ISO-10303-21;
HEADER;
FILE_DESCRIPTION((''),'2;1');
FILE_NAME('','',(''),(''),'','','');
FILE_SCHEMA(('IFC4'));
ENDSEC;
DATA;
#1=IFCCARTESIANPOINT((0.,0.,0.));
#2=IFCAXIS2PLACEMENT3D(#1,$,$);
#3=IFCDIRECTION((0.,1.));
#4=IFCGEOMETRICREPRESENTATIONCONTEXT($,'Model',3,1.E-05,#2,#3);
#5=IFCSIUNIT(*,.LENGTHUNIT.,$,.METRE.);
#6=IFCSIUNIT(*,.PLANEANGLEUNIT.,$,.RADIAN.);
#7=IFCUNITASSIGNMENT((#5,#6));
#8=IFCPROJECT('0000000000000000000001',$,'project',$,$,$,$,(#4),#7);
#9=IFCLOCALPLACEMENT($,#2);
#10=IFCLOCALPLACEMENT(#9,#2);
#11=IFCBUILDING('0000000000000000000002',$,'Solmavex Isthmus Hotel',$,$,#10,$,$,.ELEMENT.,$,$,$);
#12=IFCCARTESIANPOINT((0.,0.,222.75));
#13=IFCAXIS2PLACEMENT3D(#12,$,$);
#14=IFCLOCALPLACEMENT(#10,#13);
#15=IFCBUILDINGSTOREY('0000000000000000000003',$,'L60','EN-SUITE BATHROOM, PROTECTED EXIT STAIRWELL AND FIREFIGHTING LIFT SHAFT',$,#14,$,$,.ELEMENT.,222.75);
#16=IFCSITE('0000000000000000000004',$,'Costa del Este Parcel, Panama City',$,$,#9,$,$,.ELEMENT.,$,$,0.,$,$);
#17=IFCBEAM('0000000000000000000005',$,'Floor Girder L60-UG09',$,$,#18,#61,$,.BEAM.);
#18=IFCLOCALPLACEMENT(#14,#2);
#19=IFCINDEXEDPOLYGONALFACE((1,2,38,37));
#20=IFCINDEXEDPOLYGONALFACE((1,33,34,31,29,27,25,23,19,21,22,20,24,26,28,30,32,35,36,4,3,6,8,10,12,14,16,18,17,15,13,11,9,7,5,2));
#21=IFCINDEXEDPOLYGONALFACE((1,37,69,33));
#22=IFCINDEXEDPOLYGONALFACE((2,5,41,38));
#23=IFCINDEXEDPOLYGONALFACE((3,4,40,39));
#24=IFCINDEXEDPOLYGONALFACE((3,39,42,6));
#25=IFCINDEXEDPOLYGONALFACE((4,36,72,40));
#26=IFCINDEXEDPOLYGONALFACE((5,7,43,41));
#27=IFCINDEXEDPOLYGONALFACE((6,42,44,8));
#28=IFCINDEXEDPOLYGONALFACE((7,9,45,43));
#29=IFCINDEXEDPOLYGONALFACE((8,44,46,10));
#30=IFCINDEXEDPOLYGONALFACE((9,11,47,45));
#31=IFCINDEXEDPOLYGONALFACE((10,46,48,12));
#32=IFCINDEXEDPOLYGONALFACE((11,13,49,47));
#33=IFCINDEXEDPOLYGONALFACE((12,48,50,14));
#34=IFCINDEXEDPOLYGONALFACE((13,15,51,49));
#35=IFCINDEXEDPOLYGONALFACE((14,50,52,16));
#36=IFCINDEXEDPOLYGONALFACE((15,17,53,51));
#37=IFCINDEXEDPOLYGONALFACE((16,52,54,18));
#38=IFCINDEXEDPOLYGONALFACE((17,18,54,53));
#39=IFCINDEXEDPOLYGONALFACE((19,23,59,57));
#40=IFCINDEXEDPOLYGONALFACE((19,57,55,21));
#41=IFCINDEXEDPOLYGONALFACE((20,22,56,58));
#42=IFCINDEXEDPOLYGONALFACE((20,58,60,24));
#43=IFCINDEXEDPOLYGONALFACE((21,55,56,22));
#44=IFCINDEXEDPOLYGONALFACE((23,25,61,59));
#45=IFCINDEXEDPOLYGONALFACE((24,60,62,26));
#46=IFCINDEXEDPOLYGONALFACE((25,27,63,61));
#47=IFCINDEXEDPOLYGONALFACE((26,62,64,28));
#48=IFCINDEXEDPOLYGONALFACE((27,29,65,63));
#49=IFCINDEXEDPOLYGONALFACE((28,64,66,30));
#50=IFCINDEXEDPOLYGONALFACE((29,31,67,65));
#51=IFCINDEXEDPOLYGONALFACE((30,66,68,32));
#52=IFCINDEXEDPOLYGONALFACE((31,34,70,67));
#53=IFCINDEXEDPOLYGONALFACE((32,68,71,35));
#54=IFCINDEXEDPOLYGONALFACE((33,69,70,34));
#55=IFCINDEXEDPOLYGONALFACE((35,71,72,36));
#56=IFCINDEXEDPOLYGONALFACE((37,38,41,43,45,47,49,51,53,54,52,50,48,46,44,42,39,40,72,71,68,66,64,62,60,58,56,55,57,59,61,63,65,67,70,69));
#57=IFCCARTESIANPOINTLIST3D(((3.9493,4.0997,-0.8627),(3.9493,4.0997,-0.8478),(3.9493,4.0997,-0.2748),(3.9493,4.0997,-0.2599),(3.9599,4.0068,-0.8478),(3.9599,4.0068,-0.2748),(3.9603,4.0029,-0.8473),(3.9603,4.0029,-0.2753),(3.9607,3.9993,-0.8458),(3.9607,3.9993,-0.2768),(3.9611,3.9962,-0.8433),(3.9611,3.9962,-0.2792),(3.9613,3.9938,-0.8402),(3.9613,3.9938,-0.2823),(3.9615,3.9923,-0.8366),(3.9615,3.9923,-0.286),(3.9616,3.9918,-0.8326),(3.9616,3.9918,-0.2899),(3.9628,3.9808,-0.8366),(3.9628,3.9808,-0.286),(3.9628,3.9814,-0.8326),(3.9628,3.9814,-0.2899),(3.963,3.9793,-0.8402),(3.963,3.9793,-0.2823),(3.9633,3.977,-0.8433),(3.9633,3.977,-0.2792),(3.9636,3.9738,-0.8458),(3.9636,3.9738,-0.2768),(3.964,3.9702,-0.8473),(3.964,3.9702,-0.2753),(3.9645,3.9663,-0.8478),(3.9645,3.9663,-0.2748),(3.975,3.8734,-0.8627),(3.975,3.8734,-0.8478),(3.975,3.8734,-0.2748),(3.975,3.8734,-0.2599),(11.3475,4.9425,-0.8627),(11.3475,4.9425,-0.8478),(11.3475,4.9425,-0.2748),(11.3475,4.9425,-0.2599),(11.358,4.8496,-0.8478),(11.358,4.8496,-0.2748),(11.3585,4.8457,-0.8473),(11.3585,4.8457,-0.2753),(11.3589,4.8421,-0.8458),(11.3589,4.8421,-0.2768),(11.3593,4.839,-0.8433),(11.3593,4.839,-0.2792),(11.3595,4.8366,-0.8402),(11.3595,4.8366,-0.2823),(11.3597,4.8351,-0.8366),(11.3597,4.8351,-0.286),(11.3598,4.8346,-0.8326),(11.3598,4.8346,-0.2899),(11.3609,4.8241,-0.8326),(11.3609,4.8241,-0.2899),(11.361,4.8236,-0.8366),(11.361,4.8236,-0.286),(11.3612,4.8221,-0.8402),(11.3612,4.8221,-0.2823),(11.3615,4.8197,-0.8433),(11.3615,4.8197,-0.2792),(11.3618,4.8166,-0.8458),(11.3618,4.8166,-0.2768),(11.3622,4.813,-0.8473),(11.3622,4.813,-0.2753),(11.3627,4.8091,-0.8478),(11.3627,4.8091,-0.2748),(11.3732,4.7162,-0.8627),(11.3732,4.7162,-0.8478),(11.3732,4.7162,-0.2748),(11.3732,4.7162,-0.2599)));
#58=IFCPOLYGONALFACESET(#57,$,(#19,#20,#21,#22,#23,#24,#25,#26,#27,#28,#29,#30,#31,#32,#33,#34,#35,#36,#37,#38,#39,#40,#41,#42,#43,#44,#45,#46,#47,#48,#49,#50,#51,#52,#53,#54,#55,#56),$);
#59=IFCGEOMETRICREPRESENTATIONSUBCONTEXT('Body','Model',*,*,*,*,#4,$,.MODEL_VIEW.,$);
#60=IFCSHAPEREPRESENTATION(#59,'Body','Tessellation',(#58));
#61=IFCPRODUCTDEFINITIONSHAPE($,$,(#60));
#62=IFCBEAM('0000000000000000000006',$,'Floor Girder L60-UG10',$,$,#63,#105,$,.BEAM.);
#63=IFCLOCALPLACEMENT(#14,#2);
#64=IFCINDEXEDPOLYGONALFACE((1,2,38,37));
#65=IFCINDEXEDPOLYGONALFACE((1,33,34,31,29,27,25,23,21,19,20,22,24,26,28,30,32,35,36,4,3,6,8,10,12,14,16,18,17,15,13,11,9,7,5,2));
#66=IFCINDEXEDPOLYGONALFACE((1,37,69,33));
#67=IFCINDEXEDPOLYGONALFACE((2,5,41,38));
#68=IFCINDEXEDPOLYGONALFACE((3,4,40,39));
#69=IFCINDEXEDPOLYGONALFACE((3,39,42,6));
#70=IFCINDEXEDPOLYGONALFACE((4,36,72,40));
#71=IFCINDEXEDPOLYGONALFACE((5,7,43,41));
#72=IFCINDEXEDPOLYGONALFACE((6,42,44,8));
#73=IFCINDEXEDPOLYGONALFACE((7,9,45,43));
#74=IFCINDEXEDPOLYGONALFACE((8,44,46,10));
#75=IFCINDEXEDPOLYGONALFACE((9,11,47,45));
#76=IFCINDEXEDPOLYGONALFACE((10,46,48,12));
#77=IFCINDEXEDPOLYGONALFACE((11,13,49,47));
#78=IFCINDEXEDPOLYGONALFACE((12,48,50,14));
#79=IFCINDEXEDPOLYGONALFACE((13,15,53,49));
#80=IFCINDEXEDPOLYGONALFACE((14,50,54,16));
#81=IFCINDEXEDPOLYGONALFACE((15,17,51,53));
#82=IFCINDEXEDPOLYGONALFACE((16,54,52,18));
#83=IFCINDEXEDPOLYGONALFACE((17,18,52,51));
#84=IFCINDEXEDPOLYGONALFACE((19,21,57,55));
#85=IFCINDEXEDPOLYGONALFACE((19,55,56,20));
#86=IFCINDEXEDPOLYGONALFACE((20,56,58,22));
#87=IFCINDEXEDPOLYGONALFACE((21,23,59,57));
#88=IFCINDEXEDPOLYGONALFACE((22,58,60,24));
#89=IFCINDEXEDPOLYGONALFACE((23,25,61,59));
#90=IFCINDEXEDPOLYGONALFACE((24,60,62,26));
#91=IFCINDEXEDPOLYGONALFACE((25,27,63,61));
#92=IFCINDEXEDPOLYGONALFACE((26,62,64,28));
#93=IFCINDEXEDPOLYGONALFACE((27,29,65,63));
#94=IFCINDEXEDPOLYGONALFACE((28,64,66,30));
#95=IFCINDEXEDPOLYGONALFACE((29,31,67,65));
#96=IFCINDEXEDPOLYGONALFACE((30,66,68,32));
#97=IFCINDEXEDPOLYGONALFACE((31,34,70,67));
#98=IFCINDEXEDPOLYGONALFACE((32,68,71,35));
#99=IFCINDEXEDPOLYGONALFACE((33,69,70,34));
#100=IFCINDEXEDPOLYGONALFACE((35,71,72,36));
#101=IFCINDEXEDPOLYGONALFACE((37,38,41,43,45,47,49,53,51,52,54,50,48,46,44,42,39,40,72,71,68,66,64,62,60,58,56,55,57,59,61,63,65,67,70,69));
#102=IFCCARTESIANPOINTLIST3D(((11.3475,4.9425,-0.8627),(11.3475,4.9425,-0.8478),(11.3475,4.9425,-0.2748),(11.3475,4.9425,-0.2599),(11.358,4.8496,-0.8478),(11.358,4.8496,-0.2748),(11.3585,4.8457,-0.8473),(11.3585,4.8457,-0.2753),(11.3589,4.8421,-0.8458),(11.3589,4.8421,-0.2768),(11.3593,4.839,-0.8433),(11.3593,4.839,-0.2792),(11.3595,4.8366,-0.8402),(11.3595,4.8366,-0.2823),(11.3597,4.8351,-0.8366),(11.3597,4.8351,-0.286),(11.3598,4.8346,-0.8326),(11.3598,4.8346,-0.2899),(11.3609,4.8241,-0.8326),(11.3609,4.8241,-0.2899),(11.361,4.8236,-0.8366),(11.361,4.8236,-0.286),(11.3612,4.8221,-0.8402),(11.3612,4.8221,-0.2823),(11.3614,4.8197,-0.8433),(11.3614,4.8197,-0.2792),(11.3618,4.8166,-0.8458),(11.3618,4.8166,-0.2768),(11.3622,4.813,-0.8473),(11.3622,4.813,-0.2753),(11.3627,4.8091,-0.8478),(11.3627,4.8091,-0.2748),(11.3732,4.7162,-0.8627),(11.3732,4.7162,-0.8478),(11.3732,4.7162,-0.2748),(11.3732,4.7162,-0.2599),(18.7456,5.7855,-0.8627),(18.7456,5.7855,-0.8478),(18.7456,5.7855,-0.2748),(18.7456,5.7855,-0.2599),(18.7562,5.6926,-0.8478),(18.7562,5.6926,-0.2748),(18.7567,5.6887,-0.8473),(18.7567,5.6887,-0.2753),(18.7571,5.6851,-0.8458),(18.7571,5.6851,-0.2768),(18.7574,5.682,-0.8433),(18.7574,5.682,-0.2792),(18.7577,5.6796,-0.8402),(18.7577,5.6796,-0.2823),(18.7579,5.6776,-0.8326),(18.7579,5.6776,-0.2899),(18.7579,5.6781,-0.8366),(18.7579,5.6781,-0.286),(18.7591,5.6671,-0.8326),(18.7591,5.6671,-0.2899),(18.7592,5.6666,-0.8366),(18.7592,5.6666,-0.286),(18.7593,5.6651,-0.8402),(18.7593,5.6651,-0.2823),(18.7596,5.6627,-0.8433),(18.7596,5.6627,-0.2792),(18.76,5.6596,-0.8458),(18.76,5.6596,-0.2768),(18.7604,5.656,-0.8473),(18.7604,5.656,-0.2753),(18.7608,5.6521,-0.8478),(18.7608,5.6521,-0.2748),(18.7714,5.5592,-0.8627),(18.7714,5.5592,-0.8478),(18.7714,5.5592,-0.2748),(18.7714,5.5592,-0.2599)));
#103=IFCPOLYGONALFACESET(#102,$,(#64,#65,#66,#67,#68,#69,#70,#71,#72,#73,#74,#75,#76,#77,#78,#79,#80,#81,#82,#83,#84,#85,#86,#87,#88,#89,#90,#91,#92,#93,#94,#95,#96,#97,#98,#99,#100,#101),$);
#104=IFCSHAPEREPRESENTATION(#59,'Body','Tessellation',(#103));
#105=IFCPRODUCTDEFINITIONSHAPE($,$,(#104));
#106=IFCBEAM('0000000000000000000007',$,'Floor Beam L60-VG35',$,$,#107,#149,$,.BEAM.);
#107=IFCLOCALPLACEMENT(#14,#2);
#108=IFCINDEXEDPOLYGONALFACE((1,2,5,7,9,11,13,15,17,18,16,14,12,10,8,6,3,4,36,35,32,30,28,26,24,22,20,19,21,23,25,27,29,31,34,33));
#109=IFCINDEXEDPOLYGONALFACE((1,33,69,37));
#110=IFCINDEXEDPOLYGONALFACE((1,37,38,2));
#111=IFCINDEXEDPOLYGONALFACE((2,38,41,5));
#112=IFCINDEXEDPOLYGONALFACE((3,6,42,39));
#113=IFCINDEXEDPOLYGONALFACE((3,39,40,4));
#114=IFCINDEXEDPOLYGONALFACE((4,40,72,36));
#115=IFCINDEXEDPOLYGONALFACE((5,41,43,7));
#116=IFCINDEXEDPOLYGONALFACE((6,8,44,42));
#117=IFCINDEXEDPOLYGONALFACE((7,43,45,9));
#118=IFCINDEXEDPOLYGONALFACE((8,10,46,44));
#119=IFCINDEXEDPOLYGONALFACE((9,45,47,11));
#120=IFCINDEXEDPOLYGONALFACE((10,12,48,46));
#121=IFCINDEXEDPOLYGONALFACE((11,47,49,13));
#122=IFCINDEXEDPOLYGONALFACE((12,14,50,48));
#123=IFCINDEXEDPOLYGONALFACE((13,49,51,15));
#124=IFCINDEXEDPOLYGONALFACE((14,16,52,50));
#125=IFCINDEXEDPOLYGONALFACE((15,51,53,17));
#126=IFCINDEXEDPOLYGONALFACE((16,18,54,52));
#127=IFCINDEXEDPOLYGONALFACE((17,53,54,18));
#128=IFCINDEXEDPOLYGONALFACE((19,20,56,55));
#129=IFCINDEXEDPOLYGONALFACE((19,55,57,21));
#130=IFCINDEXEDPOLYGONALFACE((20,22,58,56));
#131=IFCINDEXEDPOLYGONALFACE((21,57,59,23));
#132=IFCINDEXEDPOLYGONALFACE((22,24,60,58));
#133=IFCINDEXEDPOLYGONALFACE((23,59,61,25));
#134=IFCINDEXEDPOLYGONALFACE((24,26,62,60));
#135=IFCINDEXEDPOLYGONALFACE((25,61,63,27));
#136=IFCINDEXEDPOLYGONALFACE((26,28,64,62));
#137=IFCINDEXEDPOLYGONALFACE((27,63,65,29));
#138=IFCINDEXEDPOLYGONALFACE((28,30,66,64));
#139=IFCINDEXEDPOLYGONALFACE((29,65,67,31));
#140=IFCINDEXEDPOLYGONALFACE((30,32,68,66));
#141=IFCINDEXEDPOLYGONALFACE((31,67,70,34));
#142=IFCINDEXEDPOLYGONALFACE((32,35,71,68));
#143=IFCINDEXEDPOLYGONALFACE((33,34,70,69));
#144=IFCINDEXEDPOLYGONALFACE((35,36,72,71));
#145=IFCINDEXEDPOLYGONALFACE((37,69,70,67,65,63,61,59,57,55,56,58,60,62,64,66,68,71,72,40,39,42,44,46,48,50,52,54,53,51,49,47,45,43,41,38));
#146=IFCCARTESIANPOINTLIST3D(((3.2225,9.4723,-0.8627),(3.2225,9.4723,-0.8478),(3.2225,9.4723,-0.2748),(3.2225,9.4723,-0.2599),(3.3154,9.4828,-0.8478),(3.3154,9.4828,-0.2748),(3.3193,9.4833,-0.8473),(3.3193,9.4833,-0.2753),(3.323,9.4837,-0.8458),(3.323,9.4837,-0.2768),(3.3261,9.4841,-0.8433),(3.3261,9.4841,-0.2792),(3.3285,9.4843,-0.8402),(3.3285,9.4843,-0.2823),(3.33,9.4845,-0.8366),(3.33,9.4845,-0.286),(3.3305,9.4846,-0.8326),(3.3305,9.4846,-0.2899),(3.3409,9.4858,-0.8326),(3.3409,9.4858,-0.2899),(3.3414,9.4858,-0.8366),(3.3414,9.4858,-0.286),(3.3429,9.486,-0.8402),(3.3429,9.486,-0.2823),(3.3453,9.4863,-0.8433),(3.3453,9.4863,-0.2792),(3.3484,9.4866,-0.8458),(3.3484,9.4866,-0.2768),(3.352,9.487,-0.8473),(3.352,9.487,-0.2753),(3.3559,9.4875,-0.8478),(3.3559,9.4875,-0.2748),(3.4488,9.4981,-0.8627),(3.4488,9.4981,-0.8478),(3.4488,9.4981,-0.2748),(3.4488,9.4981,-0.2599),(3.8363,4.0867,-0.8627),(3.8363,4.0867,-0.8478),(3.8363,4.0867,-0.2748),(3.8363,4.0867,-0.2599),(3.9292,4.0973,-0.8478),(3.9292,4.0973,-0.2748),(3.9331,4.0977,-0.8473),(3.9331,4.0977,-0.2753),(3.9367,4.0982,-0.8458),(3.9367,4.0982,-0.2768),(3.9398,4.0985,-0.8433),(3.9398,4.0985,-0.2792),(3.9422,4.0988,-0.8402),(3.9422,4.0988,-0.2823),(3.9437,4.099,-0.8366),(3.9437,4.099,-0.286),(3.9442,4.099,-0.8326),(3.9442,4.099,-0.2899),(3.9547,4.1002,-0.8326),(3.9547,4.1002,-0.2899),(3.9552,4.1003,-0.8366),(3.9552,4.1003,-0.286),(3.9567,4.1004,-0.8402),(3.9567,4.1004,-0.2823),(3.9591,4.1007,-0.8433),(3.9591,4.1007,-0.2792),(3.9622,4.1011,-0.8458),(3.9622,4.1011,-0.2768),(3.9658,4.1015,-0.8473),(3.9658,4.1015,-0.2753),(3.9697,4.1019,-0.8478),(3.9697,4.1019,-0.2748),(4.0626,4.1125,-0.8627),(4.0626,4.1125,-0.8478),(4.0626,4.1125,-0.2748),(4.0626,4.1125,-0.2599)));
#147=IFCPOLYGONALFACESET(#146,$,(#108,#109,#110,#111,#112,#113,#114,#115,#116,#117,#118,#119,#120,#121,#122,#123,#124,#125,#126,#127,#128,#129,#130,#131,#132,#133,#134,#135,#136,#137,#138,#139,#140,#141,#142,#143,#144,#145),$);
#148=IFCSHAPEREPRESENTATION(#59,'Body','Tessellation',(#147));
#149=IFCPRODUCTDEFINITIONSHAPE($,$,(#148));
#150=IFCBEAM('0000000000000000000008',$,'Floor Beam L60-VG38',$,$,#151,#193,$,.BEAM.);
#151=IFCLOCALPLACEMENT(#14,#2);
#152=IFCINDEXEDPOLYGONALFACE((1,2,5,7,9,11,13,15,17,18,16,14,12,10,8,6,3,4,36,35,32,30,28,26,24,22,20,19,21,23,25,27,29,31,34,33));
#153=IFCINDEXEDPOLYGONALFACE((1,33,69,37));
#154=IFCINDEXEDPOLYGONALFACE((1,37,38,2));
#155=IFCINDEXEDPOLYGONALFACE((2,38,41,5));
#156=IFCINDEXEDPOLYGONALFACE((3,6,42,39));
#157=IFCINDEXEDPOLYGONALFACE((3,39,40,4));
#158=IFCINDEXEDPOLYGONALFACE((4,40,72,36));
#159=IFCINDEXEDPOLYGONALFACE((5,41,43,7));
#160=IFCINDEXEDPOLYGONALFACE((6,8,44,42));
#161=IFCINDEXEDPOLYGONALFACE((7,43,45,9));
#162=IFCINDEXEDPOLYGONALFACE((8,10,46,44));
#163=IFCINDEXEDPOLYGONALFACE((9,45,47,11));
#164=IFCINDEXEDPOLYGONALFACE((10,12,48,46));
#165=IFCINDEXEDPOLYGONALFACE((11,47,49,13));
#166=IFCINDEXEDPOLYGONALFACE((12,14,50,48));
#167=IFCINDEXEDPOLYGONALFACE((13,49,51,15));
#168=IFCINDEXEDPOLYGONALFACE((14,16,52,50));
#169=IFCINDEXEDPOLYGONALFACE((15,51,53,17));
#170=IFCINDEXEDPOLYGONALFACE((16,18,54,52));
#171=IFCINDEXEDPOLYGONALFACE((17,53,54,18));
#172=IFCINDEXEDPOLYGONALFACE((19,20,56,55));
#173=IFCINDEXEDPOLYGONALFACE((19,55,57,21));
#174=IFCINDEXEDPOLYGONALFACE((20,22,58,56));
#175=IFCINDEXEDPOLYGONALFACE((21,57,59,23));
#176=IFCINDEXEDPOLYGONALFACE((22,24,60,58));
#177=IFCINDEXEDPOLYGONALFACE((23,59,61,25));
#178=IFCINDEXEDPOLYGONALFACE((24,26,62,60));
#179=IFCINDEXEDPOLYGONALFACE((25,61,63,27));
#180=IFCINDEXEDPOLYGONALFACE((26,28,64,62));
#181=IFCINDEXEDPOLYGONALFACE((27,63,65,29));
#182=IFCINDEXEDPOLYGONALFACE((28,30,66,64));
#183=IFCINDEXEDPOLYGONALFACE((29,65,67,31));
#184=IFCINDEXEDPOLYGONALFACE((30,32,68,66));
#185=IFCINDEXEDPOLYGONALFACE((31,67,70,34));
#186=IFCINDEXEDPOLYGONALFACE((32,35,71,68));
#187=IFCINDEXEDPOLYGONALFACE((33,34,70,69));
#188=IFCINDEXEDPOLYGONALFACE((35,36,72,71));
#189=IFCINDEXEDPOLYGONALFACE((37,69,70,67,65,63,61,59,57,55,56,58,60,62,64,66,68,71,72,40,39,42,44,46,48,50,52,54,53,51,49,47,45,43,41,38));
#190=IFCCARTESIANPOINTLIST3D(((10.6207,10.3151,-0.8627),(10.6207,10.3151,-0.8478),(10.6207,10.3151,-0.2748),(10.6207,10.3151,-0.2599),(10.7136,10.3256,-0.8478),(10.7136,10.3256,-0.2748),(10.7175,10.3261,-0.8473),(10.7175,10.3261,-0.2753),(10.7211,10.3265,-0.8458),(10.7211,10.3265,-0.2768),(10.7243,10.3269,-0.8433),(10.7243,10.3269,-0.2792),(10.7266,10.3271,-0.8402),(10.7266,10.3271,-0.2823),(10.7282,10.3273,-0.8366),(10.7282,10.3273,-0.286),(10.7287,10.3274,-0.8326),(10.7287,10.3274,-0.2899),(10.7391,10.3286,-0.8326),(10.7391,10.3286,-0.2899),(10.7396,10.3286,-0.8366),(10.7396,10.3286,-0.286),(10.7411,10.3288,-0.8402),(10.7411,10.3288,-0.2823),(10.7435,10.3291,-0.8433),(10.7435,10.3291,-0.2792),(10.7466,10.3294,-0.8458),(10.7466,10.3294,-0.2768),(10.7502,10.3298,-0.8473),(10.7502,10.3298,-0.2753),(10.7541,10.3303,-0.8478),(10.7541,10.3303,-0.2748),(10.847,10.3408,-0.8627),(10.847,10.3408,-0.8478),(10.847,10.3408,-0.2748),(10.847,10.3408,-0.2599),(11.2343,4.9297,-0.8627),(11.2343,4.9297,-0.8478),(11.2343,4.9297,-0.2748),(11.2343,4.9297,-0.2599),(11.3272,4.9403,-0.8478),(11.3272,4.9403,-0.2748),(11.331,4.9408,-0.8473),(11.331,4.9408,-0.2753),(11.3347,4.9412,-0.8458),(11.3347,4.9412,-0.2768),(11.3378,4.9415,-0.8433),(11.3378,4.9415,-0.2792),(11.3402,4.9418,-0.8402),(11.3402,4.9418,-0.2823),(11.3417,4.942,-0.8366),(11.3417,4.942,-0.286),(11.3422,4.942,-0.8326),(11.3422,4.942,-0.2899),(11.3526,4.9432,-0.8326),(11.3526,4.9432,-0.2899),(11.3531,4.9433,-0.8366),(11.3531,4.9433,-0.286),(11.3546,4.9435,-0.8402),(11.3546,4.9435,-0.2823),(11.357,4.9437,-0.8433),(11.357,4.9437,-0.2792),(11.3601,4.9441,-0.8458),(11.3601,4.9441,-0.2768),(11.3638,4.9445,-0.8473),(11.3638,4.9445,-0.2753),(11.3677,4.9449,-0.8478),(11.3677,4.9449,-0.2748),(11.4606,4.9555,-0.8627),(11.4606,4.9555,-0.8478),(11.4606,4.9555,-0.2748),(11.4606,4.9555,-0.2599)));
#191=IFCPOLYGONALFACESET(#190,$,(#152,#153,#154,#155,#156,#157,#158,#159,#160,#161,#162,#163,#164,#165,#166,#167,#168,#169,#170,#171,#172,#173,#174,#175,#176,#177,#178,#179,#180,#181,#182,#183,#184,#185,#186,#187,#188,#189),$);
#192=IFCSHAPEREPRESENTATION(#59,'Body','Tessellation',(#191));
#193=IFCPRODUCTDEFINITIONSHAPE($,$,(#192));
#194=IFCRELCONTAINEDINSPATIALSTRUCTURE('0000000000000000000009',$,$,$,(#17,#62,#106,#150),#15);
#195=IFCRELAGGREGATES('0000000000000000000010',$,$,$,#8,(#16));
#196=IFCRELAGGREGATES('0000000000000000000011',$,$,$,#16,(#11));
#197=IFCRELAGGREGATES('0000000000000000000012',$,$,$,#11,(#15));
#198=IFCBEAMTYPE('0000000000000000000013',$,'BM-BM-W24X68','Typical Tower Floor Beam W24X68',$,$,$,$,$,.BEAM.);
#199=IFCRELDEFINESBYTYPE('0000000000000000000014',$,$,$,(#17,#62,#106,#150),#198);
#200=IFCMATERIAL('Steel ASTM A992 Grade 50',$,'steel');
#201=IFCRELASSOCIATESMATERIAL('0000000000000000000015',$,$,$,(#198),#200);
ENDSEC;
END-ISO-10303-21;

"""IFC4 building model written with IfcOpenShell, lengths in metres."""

from ifc_helpers import new_model, si_unit, direction, frame, origin, origin_2d, place, context, subcontext, project, spatial, i_section, extrude, material, material_profile, profile_set, type_object, element, save


model = new_model("IFC4")

# Units and contexts
model_context = context("Model", 3, precision=1e-05, world=origin(), true_north=direction((0.0, 1.0)))
body_context = subcontext(model_context, "Body", "Model", "MODEL_VIEW")
ifc_project = project(units=[si_unit("LENGTHUNIT", "METRE"), si_unit("PLANEANGLEUNIT", "RADIAN")], contexts=[model_context])

# Site, building, storey
site_placement = place(None, origin())
site = spatial("IfcSite", under=ifc_project, at=site_placement, Name="Costa del Este Parcel, Panama City", CompositionType="ELEMENT", RefElevation=0.0)
building_placement = place(site_placement, origin())
building = spatial("IfcBuilding", under=site, at=building_placement, Name="Solmavex Isthmus Hotel", CompositionType="ELEMENT")
storey_placement = place(building_placement, frame((0.0, 0.0, 222.75)))
storey = spatial("IfcBuildingStorey", under=building, at=storey_placement, Name="L60", Description="EN-SUITE BATHROOM, PROTECTED EXIT STAIRWELL AND FIREFIGHTING LIFT SHAFT", CompositionType="ELEMENT", Elevation=222.75)

# Beams
ifc_material_1 = material(Name="Steel ASTM A992 Grade 50", Category="steel")
ifc_material_profile_1 = material_profile(ifc_material_1, i_section(OverallWidth=0.2278, OverallDepth=0.6028, WebThickness=0.0105, FlangeThickness=0.0149, FilletRadius=0.0151, at=origin_2d()), Name="W24X68")
ifc_profile_set_1 = profile_set([ifc_material_profile_1], Name="Steel ASTM A992 Grade 50")
beam_type_1 = type_object("IfcBeamType", Name="BM-BM-W24X68", Description="Typical Tower Floor Beam W24X68", PredefinedType="BEAM", material=ifc_profile_set_1)
for number, where, z_axis, x_axis, name in (
    (1, (3.9622, 3.9866, -0.5613), (0.993574, 0.113184, 0.0), (-0.113184, 0.993574, 0.0), "Floor Girder L60-UG09"),
    (2, (11.3604, 4.8293, -0.5613), (0.99357, 0.113216, 0.0), (-0.113216, 0.99357, 0.0), "Floor Girder L60-UG10"),
):
    element("IfcBeam", number, at=place(storey_placement, frame(where, z_axis=z_axis, x_axis=x_axis)), inside=storey, type_object=beam_type_1, Name=name, PredefinedType="BEAM", context=body_context, shape_type="SweptSolid", body=[
        extrude(i_section(OverallWidth=0.2278, OverallDepth=0.6028, WebThickness=0.0105, FlangeThickness=0.0149, FilletRadius=0.0151, at=origin_2d()), origin(), (0.0, 0.0, 1.0), 7.446),
    ])
beam_1_placement = place(storey_placement, frame((3.9495, 4.0996, -0.5613), z_axis=(-0.113234, 0.993568, 0.0), x_axis=(-0.993568, -0.113234, 0.0)))
element("IfcBeam", 3, at=beam_1_placement, inside=storey, type_object=beam_type_1, Name="Floor Beam L60-VG35", PredefinedType="BEAM", context=body_context, shape_type="SweptSolid", body=[
    extrude(i_section(OverallWidth=0.2278, OverallDepth=0.6028, WebThickness=0.0105, FlangeThickness=0.0149, FilletRadius=0.0151, at=origin_2d()), origin(), (0.0, 0.0, 1.0), 5.4204),
])
beam_2_placement = place(storey_placement, frame((11.3474, 4.9426, -0.5613), z_axis=(-0.113195, 0.993573, 0.0), x_axis=(-0.993573, -0.113195, 0.0)))
element("IfcBeam", 4, at=beam_2_placement, inside=storey, type_object=beam_type_1, Name="Floor Beam L60-VG38", PredefinedType="BEAM", context=body_context, shape_type="SweptSolid", body=[
    extrude(i_section(OverallWidth=0.2278, OverallDepth=0.6028, WebThickness=0.0105, FlangeThickness=0.0149, FilletRadius=0.0151, at=origin_2d()), origin(), (0.0, 0.0, 1.0), 5.4202),
])

save(model, "model.ifc")
